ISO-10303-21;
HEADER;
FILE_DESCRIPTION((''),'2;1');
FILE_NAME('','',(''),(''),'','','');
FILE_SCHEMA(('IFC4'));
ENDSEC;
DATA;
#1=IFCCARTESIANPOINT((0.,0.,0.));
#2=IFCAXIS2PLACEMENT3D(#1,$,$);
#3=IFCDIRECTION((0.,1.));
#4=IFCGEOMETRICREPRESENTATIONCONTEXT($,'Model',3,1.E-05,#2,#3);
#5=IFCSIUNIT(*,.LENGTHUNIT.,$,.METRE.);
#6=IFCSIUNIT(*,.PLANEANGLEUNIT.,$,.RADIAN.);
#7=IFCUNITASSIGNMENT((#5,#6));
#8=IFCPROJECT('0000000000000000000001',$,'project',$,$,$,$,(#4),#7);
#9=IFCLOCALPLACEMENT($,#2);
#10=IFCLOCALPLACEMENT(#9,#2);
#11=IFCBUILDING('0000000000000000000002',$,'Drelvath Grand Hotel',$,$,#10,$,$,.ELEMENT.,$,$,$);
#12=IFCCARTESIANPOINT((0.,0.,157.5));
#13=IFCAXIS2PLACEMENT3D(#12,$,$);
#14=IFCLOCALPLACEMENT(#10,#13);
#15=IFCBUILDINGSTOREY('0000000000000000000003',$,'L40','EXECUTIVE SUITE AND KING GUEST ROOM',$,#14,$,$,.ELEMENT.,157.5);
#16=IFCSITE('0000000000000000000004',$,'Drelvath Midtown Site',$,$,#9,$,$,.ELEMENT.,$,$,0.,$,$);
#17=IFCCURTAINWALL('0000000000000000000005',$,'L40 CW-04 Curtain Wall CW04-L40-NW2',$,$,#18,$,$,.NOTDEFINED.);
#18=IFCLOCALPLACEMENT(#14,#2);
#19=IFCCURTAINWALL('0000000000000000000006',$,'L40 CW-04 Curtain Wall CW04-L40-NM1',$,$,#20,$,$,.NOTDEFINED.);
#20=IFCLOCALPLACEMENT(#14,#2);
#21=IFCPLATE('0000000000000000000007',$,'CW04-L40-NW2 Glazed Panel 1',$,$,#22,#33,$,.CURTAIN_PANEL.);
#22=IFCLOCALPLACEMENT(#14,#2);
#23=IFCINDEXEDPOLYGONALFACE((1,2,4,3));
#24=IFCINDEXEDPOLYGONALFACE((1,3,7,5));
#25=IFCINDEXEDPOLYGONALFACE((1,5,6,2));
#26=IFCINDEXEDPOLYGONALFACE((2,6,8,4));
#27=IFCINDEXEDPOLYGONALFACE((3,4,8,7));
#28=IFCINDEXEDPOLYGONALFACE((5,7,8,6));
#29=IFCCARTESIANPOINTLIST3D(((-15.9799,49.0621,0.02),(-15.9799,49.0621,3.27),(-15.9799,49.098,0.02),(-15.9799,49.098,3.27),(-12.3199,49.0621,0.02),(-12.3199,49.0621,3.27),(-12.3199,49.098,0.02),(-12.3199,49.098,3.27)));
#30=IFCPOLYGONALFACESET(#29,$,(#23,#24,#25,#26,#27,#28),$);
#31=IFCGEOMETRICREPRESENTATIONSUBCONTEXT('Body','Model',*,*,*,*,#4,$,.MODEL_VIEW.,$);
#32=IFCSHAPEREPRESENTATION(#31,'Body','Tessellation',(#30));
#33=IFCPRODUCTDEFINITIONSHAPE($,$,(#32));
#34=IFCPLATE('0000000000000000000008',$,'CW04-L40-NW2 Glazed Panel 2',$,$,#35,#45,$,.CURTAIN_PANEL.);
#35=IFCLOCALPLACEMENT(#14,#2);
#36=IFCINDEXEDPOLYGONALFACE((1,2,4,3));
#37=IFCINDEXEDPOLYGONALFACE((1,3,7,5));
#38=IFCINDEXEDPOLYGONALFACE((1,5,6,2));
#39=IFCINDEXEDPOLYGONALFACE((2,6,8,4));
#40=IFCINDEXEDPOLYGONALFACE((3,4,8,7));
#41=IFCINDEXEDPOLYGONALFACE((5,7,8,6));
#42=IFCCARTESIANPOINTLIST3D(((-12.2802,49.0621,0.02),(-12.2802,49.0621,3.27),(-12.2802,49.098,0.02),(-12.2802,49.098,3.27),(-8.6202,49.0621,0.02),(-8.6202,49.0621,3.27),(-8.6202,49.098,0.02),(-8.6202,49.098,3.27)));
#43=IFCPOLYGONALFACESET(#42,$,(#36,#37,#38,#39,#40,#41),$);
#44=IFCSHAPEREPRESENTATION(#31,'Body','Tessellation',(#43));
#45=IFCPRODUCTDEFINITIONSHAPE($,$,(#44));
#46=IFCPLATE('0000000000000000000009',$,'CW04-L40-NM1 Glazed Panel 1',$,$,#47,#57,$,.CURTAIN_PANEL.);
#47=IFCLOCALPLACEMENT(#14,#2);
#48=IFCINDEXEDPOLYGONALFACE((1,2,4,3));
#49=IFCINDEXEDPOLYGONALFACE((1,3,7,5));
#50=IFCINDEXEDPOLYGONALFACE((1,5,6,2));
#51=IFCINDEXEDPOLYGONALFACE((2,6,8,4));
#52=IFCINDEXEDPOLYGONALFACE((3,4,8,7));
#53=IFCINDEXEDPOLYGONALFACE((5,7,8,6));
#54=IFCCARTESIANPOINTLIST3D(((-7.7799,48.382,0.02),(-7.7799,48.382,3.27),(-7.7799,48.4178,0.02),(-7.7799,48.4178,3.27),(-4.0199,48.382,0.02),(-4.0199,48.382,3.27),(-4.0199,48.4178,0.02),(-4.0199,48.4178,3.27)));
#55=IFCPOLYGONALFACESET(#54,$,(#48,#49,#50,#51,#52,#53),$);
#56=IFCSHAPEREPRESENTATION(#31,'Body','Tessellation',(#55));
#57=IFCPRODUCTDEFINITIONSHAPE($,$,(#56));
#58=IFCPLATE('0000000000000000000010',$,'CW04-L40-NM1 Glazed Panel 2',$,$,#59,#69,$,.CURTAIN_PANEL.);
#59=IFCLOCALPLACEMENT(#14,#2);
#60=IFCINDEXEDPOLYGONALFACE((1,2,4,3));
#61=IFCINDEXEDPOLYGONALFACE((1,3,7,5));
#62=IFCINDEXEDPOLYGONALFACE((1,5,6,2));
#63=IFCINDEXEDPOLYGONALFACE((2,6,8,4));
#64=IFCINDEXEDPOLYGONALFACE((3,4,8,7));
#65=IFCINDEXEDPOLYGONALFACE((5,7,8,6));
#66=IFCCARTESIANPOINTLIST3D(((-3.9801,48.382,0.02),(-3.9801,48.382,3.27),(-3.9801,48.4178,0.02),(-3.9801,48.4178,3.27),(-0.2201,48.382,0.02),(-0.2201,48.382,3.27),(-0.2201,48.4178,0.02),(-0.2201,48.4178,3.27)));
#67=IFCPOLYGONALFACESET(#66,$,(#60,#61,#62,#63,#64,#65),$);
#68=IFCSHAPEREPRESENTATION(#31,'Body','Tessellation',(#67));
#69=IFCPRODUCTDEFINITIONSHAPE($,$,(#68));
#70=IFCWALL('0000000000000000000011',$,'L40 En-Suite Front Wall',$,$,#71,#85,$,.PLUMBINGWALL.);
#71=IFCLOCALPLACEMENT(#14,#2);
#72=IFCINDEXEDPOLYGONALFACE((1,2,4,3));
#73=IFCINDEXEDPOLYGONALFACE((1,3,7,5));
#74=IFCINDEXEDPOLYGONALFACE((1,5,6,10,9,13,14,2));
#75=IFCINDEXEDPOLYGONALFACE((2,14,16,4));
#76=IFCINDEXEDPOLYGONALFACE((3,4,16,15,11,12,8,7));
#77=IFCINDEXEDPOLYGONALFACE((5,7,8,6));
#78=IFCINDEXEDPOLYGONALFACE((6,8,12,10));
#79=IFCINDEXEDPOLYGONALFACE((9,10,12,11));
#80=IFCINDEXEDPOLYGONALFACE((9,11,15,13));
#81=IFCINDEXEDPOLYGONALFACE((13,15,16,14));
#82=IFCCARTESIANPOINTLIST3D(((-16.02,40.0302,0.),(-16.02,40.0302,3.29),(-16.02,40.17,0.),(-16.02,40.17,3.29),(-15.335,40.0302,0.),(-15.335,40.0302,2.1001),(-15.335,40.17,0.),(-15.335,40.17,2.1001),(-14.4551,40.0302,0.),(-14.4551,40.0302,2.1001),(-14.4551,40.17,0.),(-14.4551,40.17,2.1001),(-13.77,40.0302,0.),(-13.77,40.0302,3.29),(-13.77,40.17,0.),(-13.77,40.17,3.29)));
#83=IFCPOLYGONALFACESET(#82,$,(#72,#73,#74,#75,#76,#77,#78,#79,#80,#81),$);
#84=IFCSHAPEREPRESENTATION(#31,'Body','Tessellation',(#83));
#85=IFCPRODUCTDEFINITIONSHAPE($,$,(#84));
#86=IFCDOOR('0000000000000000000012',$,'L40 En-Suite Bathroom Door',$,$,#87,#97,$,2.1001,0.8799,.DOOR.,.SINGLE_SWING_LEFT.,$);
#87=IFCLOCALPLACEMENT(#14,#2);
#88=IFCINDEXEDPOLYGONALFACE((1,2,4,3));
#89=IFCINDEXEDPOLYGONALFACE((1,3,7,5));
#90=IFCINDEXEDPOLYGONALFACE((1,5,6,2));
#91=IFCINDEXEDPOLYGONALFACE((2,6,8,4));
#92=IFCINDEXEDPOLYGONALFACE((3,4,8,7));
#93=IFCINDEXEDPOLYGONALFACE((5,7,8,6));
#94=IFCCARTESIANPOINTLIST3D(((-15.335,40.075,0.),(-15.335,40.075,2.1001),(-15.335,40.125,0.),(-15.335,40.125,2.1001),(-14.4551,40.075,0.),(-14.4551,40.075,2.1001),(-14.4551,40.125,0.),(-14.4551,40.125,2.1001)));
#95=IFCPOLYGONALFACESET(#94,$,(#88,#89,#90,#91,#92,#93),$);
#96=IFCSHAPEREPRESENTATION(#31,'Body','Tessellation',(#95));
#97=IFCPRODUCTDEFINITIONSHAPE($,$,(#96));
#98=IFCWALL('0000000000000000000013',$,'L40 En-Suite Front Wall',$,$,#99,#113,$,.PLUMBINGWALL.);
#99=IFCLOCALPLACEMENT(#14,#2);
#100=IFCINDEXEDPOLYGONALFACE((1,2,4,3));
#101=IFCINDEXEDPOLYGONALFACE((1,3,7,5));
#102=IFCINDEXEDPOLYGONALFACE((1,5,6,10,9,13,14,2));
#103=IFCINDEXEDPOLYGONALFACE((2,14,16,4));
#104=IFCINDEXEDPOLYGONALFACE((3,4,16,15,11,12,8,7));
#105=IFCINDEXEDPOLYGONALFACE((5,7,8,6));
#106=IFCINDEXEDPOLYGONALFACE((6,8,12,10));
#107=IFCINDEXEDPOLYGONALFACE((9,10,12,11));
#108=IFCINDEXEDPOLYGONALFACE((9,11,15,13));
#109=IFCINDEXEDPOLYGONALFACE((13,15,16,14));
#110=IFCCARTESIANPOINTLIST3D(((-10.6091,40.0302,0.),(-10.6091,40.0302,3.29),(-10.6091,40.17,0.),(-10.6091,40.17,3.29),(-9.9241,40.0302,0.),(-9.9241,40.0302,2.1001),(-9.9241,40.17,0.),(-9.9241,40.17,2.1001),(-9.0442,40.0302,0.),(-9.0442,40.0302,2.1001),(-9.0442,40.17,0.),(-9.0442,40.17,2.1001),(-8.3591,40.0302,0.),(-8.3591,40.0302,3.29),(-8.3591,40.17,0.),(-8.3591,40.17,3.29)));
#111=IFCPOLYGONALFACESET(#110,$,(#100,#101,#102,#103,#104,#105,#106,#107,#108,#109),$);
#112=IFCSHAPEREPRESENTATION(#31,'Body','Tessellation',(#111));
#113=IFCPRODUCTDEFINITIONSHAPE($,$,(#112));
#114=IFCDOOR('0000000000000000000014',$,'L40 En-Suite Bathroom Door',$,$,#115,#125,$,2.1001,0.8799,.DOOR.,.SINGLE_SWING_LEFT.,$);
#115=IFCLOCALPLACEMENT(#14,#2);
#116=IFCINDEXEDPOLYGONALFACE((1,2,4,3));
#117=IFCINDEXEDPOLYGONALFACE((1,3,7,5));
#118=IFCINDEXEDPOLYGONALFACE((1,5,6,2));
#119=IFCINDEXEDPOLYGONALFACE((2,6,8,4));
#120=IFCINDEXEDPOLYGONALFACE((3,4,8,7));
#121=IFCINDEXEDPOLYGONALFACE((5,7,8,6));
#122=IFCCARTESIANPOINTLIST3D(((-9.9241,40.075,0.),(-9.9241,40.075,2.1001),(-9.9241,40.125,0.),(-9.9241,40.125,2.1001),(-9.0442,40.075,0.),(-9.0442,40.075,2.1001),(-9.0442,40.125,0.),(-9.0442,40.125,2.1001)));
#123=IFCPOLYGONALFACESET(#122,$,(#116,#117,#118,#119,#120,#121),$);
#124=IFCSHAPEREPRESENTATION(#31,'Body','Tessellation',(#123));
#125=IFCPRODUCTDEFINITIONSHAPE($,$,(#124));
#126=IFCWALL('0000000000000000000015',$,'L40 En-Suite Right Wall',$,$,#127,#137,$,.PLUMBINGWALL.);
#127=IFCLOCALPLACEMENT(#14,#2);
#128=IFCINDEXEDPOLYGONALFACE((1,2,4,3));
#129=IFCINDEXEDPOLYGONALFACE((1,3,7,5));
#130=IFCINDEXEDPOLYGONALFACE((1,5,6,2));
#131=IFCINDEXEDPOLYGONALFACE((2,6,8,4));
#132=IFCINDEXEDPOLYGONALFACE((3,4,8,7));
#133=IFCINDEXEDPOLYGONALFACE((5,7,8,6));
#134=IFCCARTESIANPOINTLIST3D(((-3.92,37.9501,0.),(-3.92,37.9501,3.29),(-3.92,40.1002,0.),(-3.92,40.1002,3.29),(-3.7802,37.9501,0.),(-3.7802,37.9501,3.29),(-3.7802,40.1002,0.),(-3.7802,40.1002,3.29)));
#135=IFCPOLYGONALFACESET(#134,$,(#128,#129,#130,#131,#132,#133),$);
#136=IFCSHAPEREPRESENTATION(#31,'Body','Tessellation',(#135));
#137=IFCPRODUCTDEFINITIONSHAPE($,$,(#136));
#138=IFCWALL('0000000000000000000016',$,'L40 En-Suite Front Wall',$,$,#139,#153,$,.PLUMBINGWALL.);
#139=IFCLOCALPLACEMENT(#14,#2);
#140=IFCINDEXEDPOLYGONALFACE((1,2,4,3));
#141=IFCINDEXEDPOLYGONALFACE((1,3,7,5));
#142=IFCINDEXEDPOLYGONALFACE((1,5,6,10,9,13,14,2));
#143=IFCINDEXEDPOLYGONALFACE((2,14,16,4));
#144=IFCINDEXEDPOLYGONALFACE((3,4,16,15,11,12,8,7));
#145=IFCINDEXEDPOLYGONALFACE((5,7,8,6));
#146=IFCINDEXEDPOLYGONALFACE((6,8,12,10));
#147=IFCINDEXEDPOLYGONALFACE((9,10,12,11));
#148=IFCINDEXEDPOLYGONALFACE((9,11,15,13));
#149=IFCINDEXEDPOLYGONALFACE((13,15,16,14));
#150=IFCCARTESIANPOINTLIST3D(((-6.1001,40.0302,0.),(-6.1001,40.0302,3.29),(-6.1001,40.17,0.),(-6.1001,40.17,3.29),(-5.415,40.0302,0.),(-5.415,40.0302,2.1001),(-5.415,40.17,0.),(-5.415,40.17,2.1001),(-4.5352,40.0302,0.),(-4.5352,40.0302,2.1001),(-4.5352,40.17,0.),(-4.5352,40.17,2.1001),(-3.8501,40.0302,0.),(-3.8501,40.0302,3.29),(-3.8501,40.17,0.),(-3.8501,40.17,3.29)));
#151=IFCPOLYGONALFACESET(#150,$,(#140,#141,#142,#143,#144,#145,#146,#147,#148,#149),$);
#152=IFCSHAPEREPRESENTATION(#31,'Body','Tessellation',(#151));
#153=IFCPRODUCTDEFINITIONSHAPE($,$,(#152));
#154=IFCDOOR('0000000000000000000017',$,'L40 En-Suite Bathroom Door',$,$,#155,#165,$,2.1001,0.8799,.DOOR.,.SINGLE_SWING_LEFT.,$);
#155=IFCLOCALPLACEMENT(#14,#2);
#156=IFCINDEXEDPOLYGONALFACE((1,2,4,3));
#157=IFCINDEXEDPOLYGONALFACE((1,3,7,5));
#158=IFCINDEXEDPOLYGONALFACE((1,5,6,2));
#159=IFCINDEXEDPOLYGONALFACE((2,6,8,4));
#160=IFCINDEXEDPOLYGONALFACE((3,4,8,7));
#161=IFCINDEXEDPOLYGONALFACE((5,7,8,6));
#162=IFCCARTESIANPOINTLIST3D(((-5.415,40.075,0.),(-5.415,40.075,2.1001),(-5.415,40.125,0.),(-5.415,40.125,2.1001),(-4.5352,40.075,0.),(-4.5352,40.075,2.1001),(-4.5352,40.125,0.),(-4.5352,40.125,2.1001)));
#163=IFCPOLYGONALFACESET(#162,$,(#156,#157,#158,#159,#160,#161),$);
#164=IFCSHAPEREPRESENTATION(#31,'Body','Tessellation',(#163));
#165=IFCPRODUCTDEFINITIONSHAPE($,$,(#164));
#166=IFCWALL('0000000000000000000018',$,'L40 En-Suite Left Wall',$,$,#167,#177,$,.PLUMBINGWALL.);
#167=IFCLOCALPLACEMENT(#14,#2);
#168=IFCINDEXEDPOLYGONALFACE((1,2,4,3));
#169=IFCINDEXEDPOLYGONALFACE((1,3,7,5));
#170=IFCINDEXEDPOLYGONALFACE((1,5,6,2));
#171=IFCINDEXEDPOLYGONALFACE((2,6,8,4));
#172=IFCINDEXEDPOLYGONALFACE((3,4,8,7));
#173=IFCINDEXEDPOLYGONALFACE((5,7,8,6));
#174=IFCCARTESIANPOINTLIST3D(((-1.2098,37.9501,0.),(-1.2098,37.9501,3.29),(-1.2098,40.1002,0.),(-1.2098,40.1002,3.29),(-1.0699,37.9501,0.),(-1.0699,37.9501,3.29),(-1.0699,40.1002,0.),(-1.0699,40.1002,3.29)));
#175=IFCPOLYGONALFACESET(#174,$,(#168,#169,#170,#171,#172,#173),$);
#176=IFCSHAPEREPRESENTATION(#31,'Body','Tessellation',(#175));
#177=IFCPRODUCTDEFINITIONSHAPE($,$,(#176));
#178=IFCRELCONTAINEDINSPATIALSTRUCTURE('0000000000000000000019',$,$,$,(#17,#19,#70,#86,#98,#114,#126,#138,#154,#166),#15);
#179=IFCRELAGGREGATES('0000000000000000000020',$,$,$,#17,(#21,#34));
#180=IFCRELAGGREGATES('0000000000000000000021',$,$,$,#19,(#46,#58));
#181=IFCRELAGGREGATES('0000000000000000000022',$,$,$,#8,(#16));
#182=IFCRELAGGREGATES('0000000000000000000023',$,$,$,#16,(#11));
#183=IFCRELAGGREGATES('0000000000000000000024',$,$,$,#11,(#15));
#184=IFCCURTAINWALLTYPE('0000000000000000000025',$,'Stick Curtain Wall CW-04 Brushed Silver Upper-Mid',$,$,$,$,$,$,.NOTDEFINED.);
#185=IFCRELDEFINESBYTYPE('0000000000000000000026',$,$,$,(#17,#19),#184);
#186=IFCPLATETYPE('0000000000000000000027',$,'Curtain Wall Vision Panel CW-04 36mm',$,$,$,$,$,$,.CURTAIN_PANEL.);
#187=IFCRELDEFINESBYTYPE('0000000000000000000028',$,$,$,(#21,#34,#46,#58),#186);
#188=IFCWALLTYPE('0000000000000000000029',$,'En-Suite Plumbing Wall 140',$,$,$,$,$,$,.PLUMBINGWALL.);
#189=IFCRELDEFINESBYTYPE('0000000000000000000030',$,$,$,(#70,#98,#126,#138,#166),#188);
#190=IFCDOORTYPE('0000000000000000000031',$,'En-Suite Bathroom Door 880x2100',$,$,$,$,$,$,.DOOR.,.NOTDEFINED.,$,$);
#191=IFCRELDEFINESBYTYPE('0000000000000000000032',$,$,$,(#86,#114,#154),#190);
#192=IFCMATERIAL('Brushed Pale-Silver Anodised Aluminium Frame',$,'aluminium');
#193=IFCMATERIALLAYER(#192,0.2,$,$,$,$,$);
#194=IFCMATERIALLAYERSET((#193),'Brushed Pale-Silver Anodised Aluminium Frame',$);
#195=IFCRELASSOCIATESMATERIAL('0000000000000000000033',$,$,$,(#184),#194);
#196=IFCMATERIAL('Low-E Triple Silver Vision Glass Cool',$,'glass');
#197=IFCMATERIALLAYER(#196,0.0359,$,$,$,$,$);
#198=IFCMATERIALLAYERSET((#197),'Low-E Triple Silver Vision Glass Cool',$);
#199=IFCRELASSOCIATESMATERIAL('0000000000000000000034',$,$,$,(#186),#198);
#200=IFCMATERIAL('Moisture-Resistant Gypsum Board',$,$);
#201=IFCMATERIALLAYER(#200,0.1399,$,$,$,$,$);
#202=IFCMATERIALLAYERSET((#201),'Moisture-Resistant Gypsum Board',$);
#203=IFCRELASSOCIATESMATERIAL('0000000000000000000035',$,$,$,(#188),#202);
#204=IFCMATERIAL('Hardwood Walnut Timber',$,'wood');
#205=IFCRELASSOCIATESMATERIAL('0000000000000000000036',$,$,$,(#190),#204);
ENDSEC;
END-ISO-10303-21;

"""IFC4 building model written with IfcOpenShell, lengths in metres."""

from ifc_helpers import new_model, si_unit, direction, frame, frame_2d, origin, origin_2d, place, context, subcontext, project, spatial, rectangle, extrude, material, layer, layer_set, type_object, element, fill, aggregate, save


model = new_model("IFC4")

# Units and contexts
model_context = context("Model", 3, precision=1e-05, world=origin(), true_north=direction((0.0, 1.0)))
body_context = subcontext(model_context, "Body", "Model", "MODEL_VIEW")
ifc_project = project(units=[si_unit("LENGTHUNIT", "METRE"), si_unit("PLANEANGLEUNIT", "RADIAN")], contexts=[model_context])

# Site, building, storey
site_placement = place(None, origin())
site = spatial("IfcSite", under=ifc_project, at=site_placement, Name="Drelvath Midtown Site", CompositionType="ELEMENT", RefElevation=0.0)
building_placement = place(site_placement, origin())
building = spatial("IfcBuilding", under=site, at=building_placement, Name="Drelvath Grand Hotel", CompositionType="ELEMENT")
storey_placement = place(building_placement, frame((0.0, 0.0, 157.5)))
storey = spatial("IfcBuildingStorey", under=building, at=storey_placement, Name="L40", Description="EXECUTIVE SUITE AND KING GUEST ROOM", CompositionType="ELEMENT", Elevation=157.5)

# Curtain walls
ifc_material_1 = material(Name="Brushed Pale-Silver Anodised Aluminium Frame", Category="aluminium")
ifc_layer_1 = layer(ifc_material_1, 0.2)
ifc_layer_set_1 = layer_set([ifc_layer_1], Name="Brushed Pale-Silver Anodised Aluminium Frame")
curtain_wall_type = type_object("IfcCurtainWallType", Name="Stick Curtain Wall CW-04 Brushed Silver Upper-Mid", PredefinedType="NOTDEFINED", material=ifc_layer_set_1)
curtain_wall_1_placement = place(storey_placement, origin())
curtain_wall_1 = element("IfcCurtainWall", 1, at=curtain_wall_1_placement, inside=storey, type_object=curtain_wall_type, Name="L40 CW-04 Curtain Wall CW04-L40-NW2", PredefinedType="NOTDEFINED")
curtain_wall_2_placement = place(storey_placement, origin())
curtain_wall_2 = element("IfcCurtainWall", 2, at=curtain_wall_2_placement, inside=storey, type_object=curtain_wall_type, Name="L40 CW-04 Curtain Wall CW04-L40-NM1", PredefinedType="NOTDEFINED")

# Plates
ifc_material_2 = material(Name="Low-E Triple Silver Vision Glass Cool", Category="glass")
ifc_layer_2 = layer(ifc_material_2, 0.0359)
ifc_layer_set_2 = layer_set([ifc_layer_2], Name="Low-E Triple Silver Vision Glass Cool")
plate_type = type_object("IfcPlateType", Name="Curtain Wall Vision Panel CW-04 36mm", PredefinedType="CURTAIN_PANEL", material=ifc_layer_set_2)
plate_1_placement = place(storey_placement, frame((-14.1499, 49.0801, 0.02), z_axis=(0.0, 0.0, 1.0), x_axis=(1.0, 0.0, 0.0)))
plate_1 = element("IfcPlate", 3, at=plate_1_placement, type_object=plate_type, Name="CW04-L40-NW2 Glazed Panel 1", PredefinedType="CURTAIN_PANEL", context=body_context, shape_type="SweptSolid", body=[
    extrude(rectangle(XDim=3.6599, YDim=0.0359, at=origin_2d()), origin(), (0.0, 0.0, 1.0), 3.25),
])
plate_2_placement = place(storey_placement, frame((-10.4502, 49.0801, 0.02), z_axis=(0.0, 0.0, 1.0), x_axis=(1.0, 0.0, 0.0)))
plate_2 = element("IfcPlate", 4, at=plate_2_placement, type_object=plate_type, Name="CW04-L40-NW2 Glazed Panel 2", PredefinedType="CURTAIN_PANEL", context=body_context, shape_type="SweptSolid", body=[
    extrude(rectangle(XDim=3.6599, YDim=0.0359, at=origin_2d()), origin(), (0.0, 0.0, 1.0), 3.25),
])
aggregate(curtain_wall_1, [plate_1, plate_2])
plate_3_placement = place(storey_placement, frame((-5.8999, 48.3999, 0.02), z_axis=(0.0, 0.0, 1.0), x_axis=(1.0, 0.0, 0.0)))
plate_3 = element("IfcPlate", 5, at=plate_3_placement, type_object=plate_type, Name="CW04-L40-NM1 Glazed Panel 1", PredefinedType="CURTAIN_PANEL", context=body_context, shape_type="SweptSolid", body=[
    extrude(rectangle(XDim=3.76, YDim=0.0359, at=origin_2d()), origin(), (0.0, 0.0, 1.0), 3.25),
])
plate_4_placement = place(storey_placement, frame((-2.1001, 48.3999, 0.02), z_axis=(0.0, 0.0, 1.0), x_axis=(1.0, 0.0, 0.0)))
plate_4 = element("IfcPlate", 6, at=plate_4_placement, type_object=plate_type, Name="CW04-L40-NM1 Glazed Panel 2", PredefinedType="CURTAIN_PANEL", context=body_context, shape_type="SweptSolid", body=[
    extrude(rectangle(XDim=3.76, YDim=0.0359, at=origin_2d()), origin(), (0.0, 0.0, 1.0), 3.25),
])
aggregate(curtain_wall_2, [plate_3, plate_4])

# Walls, openings, doors
ifc_material_3 = material(Name="Moisture-Resistant Gypsum Board")
ifc_layer_3 = layer(ifc_material_3, 0.1399)
ifc_layer_set_3 = layer_set([ifc_layer_3], Name="Moisture-Resistant Gypsum Board")
wall_type_1 = type_object("IfcWallType", Name="En-Suite Plumbing Wall 140", PredefinedType="PLUMBINGWALL", material=ifc_layer_set_3)
wall_1_placement = place(storey_placement, frame((-16.02, 40.1001, 0.0), z_axis=(0.0, 0.0, 1.0), x_axis=(1.0, 0.0, 0.0)))
wall_1 = element("IfcWall", 7, at=wall_1_placement, inside=storey, type_object=wall_type_1, Name="L40 En-Suite Front Wall", PredefinedType="PLUMBINGWALL", context=body_context, shape_type="SweptSolid", body=[
    extrude(rectangle(XDim=2.25, YDim=0.1399, at=frame_2d((1.125, 0.0))), origin(), (0.0, 0.0, 1.0), 3.29),
])
opening_1_placement = place(wall_1_placement, frame((0.6851, 0.0, 0.0)))
opening_1 = element("IfcOpeningElement", 8, at=opening_1_placement, cuts=wall_1, PredefinedType="OPENING", context=body_context, shape_type="SweptSolid", body=[
    extrude(rectangle(XDim=0.8799, YDim=2.1001, at=frame_2d((0.4399, 1.05))), frame((0.0, 0.0798, 0.0), z_axis=(0.0, -1.0, 0.0), x_axis=(1.0, 0.0, 0.0)), (0.0, 0.0, 1.0), 0.1599),
])
ifc_material_4 = material(Name="Hardwood Walnut Timber", Category="wood")
door_type = type_object("IfcDoorType", Name="En-Suite Bathroom Door 880x2100", OperationType="NOTDEFINED", PredefinedType="DOOR", material=ifc_material_4)
door_1_placement = place(opening_1_placement, origin())
door_1 = element("IfcDoor", 9, at=door_1_placement, inside=storey, type_object=door_type, Name="L40 En-Suite Bathroom Door", OperationType="SINGLE_SWING_LEFT", OverallHeight=2.1001, OverallWidth=0.8799, PredefinedType="DOOR", context=body_context, shape_type="SweptSolid", body=[
    extrude(rectangle(XDim=0.8799, YDim=2.1001, at=frame_2d((0.4399, 1.05))), frame((0.0, 0.0249, 0.0), z_axis=(0.0, -1.0, 0.0), x_axis=(1.0, 0.0, 0.0)), (0.0, 0.0, 1.0), 0.05),
])
fill(opening_1, door_1)
wall_2_placement = place(storey_placement, frame((-10.6091, 40.1001, 0.0), z_axis=(0.0, 0.0, 1.0), x_axis=(1.0, 0.0, 0.0)))
wall_2 = element("IfcWall", 10, at=wall_2_placement, inside=storey, type_object=wall_type_1, Name="L40 En-Suite Front Wall", PredefinedType="PLUMBINGWALL", context=body_context, shape_type="SweptSolid", body=[
    extrude(rectangle(XDim=2.25, YDim=0.1399, at=frame_2d((1.125, 0.0))), origin(), (0.0, 0.0, 1.0), 3.29),
])
opening_2_placement = place(wall_2_placement, frame((0.6851, 0.0, 0.0)))
opening_2 = element("IfcOpeningElement", 11, at=opening_2_placement, cuts=wall_2, PredefinedType="OPENING", context=body_context, shape_type="SweptSolid", body=[
    extrude(rectangle(XDim=0.8799, YDim=2.1001, at=frame_2d((0.4399, 1.05))), frame((0.0, 0.0798, 0.0), z_axis=(0.0, -1.0, 0.0), x_axis=(1.0, 0.0, 0.0)), (0.0, 0.0, 1.0), 0.1599),
])
door_2_placement = place(opening_2_placement, origin())
door_2 = element("IfcDoor", 12, at=door_2_placement, inside=storey, type_object=door_type, Name="L40 En-Suite Bathroom Door", OperationType="SINGLE_SWING_LEFT", OverallHeight=2.1001, OverallWidth=0.8799, PredefinedType="DOOR", context=body_context, shape_type="SweptSolid", body=[
    extrude(rectangle(XDim=0.8799, YDim=2.1001, at=frame_2d((0.4399, 1.05))), frame((0.0, 0.0249, 0.0), z_axis=(0.0, -1.0, 0.0), x_axis=(1.0, 0.0, 0.0)), (0.0, 0.0, 1.0), 0.05),
])
fill(opening_2, door_2)

# Wall
wall_3_placement = place(storey_placement, frame((-3.8501, 37.95, 0.0), z_axis=(0.0, 0.0, 1.0), x_axis=(0.0, 1.0, 0.0)))
element("IfcWall", 13, at=wall_3_placement, inside=storey, type_object=wall_type_1, Name="L40 En-Suite Right Wall", PredefinedType="PLUMBINGWALL", context=body_context, shape_type="SweptSolid", body=[
    extrude(rectangle(XDim=2.1501, YDim=0.1399, at=frame_2d((1.0752, 0.0))), origin(), (0.0, 0.0, 1.0), 3.29),
])

# Wall, opening, door
wall_4_placement = place(storey_placement, frame((-6.1001, 40.1001, 0.0), z_axis=(0.0, 0.0, 1.0), x_axis=(1.0, 0.0, 0.0)))
wall_4 = element("IfcWall", 14, at=wall_4_placement, inside=storey, type_object=wall_type_1, Name="L40 En-Suite Front Wall", PredefinedType="PLUMBINGWALL", context=body_context, shape_type="SweptSolid", body=[
    extrude(rectangle(XDim=2.25, YDim=0.1399, at=frame_2d((1.125, 0.0))), origin(), (0.0, 0.0, 1.0), 3.29),
])
opening_3_placement = place(wall_4_placement, frame((0.6851, 0.0, 0.0)))
opening_3 = element("IfcOpeningElement", 15, at=opening_3_placement, cuts=wall_4, PredefinedType="OPENING", context=body_context, shape_type="SweptSolid", body=[
    extrude(rectangle(XDim=0.8799, YDim=2.1001, at=frame_2d((0.4399, 1.05))), frame((0.0, 0.0798, 0.0), z_axis=(0.0, -1.0, 0.0), x_axis=(1.0, 0.0, 0.0)), (0.0, 0.0, 1.0), 0.1599),
])
door_3_placement = place(opening_3_placement, origin())
door_3 = element("IfcDoor", 16, at=door_3_placement, inside=storey, type_object=door_type, Name="L40 En-Suite Bathroom Door", OperationType="SINGLE_SWING_LEFT", OverallHeight=2.1001, OverallWidth=0.8799, PredefinedType="DOOR", context=body_context, shape_type="SweptSolid", body=[
    extrude(rectangle(XDim=0.8799, YDim=2.1001, at=frame_2d((0.4399, 1.05))), frame((0.0, 0.0249, 0.0), z_axis=(0.0, -1.0, 0.0), x_axis=(1.0, 0.0, 0.0)), (0.0, 0.0, 1.0), 0.05),
])
fill(opening_3, door_3)

# Wall
wall_5_placement = place(storey_placement, frame((-1.1399, 37.95, 0.0), z_axis=(0.0, 0.0, 1.0), x_axis=(0.0, 1.0, 0.0)))
element("IfcWall", 17, at=wall_5_placement, inside=storey, type_object=wall_type_1, Name="L40 En-Suite Left Wall", PredefinedType="PLUMBINGWALL", context=body_context, shape_type="SweptSolid", body=[
    extrude(rectangle(XDim=2.1501, YDim=0.1399, at=frame_2d((1.0752, 0.0))), origin(), (0.0, 0.0, 1.0), 3.29),
])

save(model, "model.ifc")
